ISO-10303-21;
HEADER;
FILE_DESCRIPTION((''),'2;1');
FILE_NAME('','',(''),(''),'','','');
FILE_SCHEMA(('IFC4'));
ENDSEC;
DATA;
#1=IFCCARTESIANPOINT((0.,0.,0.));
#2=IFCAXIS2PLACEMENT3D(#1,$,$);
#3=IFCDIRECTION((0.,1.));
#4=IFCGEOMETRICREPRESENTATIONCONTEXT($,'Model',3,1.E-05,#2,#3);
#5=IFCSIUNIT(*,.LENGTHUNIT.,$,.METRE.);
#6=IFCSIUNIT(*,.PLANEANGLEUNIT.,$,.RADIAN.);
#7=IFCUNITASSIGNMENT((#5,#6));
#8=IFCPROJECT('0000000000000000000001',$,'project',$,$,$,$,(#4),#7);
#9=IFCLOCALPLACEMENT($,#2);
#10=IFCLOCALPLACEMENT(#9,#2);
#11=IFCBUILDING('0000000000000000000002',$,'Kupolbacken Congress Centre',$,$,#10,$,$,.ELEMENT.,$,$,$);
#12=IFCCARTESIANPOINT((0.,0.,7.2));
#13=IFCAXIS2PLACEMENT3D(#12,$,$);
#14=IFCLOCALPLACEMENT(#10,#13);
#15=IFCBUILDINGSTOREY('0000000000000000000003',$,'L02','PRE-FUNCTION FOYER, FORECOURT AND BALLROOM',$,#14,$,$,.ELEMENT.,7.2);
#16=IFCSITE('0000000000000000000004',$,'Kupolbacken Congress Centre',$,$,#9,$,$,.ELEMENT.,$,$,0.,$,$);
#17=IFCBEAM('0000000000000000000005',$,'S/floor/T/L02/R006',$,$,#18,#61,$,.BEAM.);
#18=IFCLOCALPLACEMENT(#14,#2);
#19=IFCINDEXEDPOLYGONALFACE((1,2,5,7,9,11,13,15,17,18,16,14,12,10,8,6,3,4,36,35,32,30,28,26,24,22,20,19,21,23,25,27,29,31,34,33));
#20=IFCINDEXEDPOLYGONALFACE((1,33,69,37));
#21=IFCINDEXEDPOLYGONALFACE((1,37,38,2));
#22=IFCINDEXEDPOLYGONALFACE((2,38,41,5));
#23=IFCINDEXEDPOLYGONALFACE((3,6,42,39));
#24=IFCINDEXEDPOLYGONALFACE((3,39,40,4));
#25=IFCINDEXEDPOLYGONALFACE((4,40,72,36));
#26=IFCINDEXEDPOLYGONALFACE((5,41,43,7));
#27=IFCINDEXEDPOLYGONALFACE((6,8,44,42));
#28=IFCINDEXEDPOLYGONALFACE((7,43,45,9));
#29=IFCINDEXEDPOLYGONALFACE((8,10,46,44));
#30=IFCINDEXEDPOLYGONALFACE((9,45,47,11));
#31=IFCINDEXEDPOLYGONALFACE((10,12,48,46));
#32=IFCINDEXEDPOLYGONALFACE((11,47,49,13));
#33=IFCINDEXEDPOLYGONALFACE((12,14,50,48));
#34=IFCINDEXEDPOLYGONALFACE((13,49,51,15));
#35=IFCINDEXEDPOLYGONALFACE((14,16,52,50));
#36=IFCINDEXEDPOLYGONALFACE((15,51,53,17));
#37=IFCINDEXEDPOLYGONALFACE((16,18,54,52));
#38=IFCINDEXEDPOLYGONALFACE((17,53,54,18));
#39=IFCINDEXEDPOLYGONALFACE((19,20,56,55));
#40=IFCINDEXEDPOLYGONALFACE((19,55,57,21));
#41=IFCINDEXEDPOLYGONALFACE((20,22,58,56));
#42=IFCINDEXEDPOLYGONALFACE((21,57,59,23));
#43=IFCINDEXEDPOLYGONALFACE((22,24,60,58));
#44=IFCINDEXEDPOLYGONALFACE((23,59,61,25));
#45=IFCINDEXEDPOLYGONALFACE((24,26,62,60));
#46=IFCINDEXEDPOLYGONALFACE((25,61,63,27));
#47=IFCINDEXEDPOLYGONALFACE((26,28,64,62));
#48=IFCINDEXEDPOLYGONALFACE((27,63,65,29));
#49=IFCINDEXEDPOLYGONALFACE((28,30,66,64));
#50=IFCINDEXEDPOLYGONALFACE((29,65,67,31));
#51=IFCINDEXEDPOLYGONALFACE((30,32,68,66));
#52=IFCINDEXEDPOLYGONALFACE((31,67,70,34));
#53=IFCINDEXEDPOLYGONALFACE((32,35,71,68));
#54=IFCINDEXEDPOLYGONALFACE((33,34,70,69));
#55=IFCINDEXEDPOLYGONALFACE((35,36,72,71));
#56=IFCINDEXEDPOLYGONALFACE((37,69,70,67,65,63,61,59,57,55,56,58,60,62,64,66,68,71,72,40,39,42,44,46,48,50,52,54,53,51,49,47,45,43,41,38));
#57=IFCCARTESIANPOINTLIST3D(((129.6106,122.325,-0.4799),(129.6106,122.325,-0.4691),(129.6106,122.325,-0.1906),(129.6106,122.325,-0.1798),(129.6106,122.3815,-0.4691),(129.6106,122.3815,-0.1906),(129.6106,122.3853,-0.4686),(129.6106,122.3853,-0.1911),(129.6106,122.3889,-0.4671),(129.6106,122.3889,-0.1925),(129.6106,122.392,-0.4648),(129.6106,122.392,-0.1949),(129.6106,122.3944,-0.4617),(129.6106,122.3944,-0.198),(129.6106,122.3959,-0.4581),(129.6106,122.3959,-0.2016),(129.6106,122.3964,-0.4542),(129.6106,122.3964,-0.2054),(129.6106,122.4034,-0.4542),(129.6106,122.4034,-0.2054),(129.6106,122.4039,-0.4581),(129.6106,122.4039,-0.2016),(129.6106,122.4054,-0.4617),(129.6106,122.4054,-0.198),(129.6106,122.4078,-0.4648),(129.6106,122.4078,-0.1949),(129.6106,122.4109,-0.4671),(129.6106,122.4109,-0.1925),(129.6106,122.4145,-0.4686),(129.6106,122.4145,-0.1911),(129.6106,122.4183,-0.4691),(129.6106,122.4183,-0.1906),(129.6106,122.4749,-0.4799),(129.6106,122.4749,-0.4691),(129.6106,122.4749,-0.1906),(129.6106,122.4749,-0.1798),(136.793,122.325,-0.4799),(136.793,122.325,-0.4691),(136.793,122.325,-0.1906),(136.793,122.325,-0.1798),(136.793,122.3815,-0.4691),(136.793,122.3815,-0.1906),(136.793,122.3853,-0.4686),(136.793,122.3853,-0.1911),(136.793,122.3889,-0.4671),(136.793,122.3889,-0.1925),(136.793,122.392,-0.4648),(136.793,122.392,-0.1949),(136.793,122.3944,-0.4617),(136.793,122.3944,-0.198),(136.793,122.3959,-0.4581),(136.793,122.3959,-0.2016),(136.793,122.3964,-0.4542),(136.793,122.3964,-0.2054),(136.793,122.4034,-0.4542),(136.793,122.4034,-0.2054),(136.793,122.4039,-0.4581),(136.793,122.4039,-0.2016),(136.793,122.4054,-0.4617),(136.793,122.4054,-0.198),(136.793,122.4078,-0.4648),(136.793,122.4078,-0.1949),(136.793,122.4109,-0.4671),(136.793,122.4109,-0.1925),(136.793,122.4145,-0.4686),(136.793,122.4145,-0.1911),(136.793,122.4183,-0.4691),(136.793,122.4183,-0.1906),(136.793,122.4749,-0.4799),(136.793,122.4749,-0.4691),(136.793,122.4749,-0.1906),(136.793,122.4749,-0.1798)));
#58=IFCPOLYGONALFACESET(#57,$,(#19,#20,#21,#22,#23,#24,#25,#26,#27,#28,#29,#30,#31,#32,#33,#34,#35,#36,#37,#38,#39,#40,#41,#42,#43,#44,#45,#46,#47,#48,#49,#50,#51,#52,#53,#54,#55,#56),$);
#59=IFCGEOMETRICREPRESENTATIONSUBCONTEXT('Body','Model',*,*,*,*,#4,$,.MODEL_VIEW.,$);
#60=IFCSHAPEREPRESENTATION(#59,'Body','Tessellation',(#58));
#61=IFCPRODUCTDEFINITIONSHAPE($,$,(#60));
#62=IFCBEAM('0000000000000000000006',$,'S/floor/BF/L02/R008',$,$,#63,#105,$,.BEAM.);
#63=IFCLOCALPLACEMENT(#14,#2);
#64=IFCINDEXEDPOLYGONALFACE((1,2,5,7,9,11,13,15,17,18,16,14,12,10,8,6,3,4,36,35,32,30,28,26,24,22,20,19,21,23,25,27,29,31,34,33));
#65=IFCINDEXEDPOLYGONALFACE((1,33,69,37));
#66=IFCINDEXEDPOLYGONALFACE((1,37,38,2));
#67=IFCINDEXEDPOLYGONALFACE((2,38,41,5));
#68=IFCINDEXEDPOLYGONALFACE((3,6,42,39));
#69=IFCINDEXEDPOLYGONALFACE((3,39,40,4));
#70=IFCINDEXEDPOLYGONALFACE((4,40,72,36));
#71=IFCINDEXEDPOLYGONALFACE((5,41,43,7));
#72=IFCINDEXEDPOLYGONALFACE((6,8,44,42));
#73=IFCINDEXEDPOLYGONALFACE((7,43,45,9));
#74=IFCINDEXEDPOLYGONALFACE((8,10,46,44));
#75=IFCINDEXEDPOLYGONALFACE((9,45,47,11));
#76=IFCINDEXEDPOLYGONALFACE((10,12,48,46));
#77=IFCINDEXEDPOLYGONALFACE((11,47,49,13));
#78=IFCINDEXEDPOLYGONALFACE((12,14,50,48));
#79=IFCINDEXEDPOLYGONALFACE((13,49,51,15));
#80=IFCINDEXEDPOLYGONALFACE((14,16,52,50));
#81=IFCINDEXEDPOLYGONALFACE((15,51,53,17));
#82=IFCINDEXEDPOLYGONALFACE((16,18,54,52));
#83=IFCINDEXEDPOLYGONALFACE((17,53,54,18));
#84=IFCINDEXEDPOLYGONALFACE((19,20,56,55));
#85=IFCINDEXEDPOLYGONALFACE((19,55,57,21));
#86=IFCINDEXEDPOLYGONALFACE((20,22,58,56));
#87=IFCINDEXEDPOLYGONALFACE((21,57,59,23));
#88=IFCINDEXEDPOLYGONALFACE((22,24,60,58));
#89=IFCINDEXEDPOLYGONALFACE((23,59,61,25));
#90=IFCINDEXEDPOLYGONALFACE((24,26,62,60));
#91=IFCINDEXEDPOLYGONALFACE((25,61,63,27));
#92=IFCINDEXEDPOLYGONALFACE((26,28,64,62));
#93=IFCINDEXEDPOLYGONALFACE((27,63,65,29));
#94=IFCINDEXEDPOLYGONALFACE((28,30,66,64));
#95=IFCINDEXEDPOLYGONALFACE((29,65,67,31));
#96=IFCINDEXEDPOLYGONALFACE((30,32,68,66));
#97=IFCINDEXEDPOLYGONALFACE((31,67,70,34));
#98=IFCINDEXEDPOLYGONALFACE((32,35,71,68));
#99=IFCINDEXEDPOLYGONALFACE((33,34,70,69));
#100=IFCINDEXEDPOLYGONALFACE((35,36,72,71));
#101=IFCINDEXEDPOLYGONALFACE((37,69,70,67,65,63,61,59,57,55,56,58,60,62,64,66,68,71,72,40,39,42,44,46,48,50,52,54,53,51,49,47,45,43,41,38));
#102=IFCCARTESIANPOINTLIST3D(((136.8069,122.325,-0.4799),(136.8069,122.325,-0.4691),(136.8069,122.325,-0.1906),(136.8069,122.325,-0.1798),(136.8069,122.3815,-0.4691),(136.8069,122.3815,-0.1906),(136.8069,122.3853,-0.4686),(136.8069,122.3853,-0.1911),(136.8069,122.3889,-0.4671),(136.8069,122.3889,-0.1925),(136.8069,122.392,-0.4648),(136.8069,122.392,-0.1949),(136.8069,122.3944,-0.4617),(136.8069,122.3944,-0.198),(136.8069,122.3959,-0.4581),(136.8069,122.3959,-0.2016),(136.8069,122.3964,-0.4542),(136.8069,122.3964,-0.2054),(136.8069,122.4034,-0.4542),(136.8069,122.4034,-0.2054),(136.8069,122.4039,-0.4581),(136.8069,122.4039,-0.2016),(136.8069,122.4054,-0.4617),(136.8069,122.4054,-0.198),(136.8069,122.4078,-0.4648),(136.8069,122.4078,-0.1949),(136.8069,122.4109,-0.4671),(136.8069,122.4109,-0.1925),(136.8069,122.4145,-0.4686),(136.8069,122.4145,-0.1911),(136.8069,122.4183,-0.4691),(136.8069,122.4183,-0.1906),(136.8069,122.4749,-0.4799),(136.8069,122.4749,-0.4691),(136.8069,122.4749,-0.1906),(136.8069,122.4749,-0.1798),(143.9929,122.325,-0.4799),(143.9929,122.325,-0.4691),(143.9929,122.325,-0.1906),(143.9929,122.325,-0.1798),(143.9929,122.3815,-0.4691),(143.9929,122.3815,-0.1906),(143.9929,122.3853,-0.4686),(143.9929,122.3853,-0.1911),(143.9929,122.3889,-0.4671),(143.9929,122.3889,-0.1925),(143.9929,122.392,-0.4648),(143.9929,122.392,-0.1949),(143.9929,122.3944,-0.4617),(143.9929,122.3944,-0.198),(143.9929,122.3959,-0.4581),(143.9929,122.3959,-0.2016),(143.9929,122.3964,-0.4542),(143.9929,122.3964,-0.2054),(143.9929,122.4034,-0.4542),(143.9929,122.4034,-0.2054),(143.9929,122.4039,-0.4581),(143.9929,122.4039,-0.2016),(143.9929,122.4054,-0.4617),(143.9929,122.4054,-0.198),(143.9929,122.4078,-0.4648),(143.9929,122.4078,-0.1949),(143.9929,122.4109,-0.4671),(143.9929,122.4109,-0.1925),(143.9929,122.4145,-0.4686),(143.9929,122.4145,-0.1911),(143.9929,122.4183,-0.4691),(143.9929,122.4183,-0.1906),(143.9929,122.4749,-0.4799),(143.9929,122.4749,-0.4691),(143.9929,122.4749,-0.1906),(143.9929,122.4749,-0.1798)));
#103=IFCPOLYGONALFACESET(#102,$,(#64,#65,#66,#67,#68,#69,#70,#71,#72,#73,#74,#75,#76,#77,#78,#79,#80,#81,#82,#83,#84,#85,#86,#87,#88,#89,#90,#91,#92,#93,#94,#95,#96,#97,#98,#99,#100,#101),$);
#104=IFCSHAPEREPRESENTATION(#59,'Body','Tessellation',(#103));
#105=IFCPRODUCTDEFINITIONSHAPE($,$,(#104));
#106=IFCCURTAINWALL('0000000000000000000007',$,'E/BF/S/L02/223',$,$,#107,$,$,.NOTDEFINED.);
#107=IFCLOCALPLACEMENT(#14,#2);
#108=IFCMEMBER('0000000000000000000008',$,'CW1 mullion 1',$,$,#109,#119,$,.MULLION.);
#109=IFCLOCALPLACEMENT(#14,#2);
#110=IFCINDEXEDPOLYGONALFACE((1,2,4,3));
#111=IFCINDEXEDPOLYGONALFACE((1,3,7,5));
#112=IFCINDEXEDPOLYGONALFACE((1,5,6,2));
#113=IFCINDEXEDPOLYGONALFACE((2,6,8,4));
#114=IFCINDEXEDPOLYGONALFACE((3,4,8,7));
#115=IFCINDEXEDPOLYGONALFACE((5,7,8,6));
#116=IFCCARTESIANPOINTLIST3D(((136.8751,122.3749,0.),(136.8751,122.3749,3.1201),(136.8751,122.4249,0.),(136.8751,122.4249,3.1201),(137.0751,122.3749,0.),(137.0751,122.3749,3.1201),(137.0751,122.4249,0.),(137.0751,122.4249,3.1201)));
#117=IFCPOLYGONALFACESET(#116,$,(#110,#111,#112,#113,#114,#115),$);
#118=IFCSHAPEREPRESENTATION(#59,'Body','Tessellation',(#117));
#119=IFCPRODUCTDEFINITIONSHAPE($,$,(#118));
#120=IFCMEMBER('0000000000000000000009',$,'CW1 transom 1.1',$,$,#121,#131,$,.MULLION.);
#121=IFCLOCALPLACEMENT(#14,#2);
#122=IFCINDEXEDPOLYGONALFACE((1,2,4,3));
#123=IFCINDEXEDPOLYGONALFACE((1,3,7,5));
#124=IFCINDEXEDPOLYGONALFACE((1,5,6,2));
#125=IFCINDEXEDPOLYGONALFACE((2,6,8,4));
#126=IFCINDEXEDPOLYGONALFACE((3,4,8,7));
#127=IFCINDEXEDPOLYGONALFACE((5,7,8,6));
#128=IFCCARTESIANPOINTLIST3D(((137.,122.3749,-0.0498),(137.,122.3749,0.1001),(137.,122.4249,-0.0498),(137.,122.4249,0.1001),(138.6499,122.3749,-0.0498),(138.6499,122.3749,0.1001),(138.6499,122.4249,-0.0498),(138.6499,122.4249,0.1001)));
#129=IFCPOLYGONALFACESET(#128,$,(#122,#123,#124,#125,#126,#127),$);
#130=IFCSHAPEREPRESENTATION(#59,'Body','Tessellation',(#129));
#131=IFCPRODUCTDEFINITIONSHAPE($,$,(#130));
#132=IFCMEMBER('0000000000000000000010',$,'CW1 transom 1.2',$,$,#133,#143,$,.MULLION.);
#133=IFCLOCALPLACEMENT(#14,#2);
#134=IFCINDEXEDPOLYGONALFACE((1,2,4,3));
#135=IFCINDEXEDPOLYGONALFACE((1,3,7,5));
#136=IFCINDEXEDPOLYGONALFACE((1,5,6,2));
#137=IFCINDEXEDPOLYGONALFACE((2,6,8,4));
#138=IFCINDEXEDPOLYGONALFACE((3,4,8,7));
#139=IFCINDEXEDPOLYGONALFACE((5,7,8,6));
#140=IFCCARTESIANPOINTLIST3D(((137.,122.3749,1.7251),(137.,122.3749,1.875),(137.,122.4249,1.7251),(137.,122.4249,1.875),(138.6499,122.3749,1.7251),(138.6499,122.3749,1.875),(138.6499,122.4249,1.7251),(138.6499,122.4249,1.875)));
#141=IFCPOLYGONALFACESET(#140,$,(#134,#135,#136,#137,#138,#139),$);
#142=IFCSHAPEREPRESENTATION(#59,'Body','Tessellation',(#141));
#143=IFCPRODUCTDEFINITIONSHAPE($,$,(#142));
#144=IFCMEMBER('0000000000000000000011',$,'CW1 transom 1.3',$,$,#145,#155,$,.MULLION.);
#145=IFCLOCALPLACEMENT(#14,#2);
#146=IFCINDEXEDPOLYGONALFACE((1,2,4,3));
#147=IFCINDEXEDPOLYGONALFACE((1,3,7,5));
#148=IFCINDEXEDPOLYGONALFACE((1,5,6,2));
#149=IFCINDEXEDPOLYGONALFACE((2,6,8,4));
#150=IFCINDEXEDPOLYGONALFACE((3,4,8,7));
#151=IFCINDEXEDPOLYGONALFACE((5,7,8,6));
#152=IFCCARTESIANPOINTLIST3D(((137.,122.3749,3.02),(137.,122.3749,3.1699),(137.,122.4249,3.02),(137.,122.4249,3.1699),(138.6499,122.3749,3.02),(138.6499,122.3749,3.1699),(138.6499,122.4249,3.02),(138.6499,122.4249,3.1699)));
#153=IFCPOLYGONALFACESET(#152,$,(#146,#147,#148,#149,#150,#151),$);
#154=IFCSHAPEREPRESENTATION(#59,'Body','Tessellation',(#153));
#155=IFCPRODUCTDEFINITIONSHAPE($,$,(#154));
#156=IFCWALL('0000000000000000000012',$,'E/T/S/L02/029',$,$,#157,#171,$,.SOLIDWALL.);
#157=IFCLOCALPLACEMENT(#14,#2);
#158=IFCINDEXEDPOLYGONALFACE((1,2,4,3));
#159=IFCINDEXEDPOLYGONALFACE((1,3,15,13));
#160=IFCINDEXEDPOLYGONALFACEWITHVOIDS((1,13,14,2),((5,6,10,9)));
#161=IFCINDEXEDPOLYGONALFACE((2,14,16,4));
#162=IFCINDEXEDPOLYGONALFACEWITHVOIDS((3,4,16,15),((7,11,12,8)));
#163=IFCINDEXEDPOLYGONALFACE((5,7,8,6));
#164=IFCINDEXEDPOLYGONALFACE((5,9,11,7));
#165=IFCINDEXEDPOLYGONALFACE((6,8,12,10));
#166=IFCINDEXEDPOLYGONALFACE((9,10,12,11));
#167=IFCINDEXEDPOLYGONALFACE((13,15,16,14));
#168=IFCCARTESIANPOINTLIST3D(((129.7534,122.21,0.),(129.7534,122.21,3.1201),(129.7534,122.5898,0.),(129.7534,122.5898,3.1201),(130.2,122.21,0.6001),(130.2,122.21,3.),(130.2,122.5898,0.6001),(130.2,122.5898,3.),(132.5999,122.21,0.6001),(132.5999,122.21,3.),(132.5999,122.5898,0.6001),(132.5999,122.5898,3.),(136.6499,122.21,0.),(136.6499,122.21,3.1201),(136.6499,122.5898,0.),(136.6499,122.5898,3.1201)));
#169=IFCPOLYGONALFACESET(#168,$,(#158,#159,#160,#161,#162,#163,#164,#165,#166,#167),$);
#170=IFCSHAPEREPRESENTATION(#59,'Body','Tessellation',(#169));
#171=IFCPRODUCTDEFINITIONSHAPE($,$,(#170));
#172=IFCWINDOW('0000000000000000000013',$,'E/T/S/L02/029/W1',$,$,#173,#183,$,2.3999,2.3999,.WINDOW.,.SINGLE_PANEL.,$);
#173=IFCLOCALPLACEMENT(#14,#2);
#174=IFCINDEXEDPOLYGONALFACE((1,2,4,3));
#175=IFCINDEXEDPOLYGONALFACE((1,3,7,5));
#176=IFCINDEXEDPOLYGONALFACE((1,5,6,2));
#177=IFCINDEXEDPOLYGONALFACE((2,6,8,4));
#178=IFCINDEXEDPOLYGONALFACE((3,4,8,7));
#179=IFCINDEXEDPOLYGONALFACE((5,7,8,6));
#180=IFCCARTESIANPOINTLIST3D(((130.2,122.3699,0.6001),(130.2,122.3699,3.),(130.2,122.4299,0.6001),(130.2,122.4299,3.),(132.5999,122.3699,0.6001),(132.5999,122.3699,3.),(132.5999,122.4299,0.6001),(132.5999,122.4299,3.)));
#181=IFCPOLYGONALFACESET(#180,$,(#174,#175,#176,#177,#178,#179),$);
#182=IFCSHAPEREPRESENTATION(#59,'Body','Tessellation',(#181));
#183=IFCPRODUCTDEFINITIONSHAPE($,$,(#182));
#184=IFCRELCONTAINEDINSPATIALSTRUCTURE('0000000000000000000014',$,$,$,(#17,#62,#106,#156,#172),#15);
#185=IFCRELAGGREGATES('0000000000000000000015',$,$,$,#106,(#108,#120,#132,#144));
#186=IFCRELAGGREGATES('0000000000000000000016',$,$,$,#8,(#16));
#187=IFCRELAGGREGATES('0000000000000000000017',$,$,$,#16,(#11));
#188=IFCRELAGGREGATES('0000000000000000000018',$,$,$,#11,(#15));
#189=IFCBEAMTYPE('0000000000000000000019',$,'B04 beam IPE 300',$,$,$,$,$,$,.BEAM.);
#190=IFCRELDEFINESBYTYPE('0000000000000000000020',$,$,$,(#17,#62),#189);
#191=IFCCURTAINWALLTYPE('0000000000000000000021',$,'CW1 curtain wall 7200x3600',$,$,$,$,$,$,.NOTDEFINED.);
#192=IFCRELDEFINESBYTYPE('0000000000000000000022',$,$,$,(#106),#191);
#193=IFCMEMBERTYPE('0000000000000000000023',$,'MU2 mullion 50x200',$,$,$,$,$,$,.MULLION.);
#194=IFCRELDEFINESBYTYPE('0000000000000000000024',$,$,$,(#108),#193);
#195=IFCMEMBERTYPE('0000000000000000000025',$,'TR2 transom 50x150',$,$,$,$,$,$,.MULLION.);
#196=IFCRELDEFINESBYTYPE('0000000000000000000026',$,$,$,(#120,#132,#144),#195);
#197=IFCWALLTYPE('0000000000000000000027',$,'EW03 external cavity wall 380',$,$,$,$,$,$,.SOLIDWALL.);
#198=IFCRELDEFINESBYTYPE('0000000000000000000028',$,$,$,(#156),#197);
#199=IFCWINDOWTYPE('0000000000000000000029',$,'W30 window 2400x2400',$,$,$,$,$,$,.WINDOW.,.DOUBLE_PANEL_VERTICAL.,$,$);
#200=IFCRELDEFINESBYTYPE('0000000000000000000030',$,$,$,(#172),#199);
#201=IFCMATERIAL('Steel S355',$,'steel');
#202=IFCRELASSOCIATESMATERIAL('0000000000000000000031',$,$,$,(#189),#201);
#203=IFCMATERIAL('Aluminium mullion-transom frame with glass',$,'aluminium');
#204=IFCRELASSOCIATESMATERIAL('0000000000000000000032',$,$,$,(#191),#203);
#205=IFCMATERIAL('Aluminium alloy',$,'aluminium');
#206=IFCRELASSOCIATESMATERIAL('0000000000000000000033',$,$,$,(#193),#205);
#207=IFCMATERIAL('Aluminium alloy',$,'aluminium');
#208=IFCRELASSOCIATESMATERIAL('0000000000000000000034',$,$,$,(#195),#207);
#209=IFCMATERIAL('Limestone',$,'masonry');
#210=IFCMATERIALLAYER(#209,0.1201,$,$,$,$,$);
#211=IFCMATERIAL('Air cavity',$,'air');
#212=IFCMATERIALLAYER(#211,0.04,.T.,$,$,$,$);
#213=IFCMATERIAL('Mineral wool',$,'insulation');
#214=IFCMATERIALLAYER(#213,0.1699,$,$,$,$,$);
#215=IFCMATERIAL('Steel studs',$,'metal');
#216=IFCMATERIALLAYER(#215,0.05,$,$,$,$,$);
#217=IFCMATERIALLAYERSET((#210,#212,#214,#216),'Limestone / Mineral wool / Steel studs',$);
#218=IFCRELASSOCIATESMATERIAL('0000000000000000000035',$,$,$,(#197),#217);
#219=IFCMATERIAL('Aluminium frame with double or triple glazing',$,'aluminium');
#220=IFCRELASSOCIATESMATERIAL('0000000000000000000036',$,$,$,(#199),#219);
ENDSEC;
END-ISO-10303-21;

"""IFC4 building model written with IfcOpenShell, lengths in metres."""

from ifc_helpers import new_model, si_unit, direction, frame, frame_2d, origin, origin_2d, place, context, subcontext, project, spatial, rectangle, i_section, extrude, material, layer, layer_set, material_profile, profile_set, type_object, element, fill, aggregate, save


model = new_model("IFC4")

# Units and contexts
model_context = context("Model", 3, precision=1e-05, world=origin(), true_north=direction((0.0, 1.0)))
body_context = subcontext(model_context, "Body", "Model", "MODEL_VIEW")
ifc_project = project(units=[si_unit("LENGTHUNIT", "METRE"), si_unit("PLANEANGLEUNIT", "RADIAN")], contexts=[model_context])

# Site, building, storey
site_placement = place(None, origin())
site = spatial("IfcSite", under=ifc_project, at=site_placement, Name="Kupolbacken Congress Centre", CompositionType="ELEMENT", RefElevation=0.0)
building_placement = place(site_placement, origin())
building = spatial("IfcBuilding", under=site, at=building_placement, Name="Kupolbacken Congress Centre", CompositionType="ELEMENT")
storey_placement = place(building_placement, frame((0.0, 0.0, 7.2)))
storey = spatial("IfcBuildingStorey", under=building, at=storey_placement, Name="L02", Description="PRE-FUNCTION FOYER, FORECOURT AND BALLROOM", CompositionType="ELEMENT", Elevation=7.2)

# Beams
ifc_material_1 = material(Name="Steel S355", Category="steel")
ifc_material_profile_1 = material_profile(ifc_material_1, i_section(OverallWidth=0.1499, OverallDepth=0.3, WebThickness=0.0071, FlangeThickness=0.0107, FilletRadius=0.0149, at=origin_2d()), Name="IPE 300")
ifc_profile_set_1 = profile_set([ifc_material_profile_1], Name="Steel S355")
beam_type = type_object("IfcBeamType", Name="B04 beam IPE 300", PredefinedType="BEAM", material=ifc_profile_set_1)
beam_1_placement = place(storey_placement, frame((129.6106, 122.3999, -0.3298), z_axis=(1.0, 0.0, 0.0), x_axis=(0.0, 1.0, 0.0)))
element("IfcBeam", 1, at=beam_1_placement, inside=storey, type_object=beam_type, Name="S/floor/T/L02/R006", PredefinedType="BEAM", context=body_context, shape_type="SweptSolid", body=[
    extrude(i_section(OverallWidth=0.1499, OverallDepth=0.3, WebThickness=0.0071, FlangeThickness=0.0107, FilletRadius=0.0149, at=origin_2d()), origin(), (0.0, 0.0, 1.0), 7.1824),
])
beam_2_placement = place(storey_placement, frame((136.8069, 122.3999, -0.3298), z_axis=(1.0, 0.0, 0.0), x_axis=(0.0, 1.0, 0.0)))
element("IfcBeam", 2, at=beam_2_placement, inside=storey, type_object=beam_type, Name="S/floor/BF/L02/R008", PredefinedType="BEAM", context=body_context, shape_type="SweptSolid", body=[
    extrude(i_section(OverallWidth=0.1499, OverallDepth=0.3, WebThickness=0.0071, FlangeThickness=0.0107, FilletRadius=0.0149, at=origin_2d()), origin(), (0.0, 0.0, 1.0), 7.186),
])

# Curtain wall, members
ifc_material_2 = material(Name="Aluminium mullion-transom frame with glass", Category="aluminium")
curtain_wall_type = type_object("IfcCurtainWallType", Name="CW1 curtain wall 7200x3600", PredefinedType="NOTDEFINED", material=ifc_material_2)
curtain_wall_placement = place(storey_placement, origin())
curtain_wall = element("IfcCurtainWall", 3, at=curtain_wall_placement, inside=storey, type_object=curtain_wall_type, Name="E/BF/S/L02/223", PredefinedType="NOTDEFINED")
ifc_material_3 = material(Name="Aluminium alloy", Category="aluminium")
ifc_material_profile_2 = material_profile(ifc_material_3, rectangle(XDim=0.05, YDim=0.2, at=origin_2d()), Name="50 x 200")
ifc_profile_set_2 = profile_set([ifc_material_profile_2], Name="Aluminium alloy")
member_type_1 = type_object("IfcMemberType", Name="MU2 mullion 50x200", PredefinedType="MULLION", material=ifc_profile_set_2)
member_1_placement = place(storey_placement, frame((136.9751, 122.3999, 0.0), z_axis=(0.0, 0.0, 1.0), x_axis=(0.0, 1.0, 0.0)))
member_1 = element("IfcMember", 4, at=member_1_placement, type_object=member_type_1, Name="CW1 mullion 1", PredefinedType="MULLION", context=body_context, shape_type="SweptSolid", body=[
    extrude(rectangle(XDim=0.05, YDim=0.2, at=origin_2d()), origin(), (0.0, 0.0, 1.0), 3.1201),
])
ifc_material_4 = material(Name="Aluminium alloy", Category="aluminium")
ifc_material_profile_3 = material_profile(ifc_material_4, rectangle(XDim=0.05, YDim=0.1499, at=origin_2d()), Name="50 x 150")
ifc_profile_set_3 = profile_set([ifc_material_profile_3], Name="Aluminium alloy")
member_type_2 = type_object("IfcMemberType", Name="TR2 transom 50x150", PredefinedType="MULLION", material=ifc_profile_set_3)
member_2_placement = place(storey_placement, frame((137.0, 122.3999, 0.0251), z_axis=(1.0, 0.0, 0.0), x_axis=(0.0, 1.0, 0.0)))
member_2 = element("IfcMember", 5, at=member_2_placement, type_object=member_type_2, Name="CW1 transom 1.1", PredefinedType="MULLION", context=body_context, shape_type="SweptSolid", body=[
    extrude(rectangle(XDim=0.05, YDim=0.1499, at=origin_2d()), origin(), (0.0, 0.0, 1.0), 1.6499),
])
member_3_placement = place(storey_placement, frame((137.0, 122.3999, 1.8), z_axis=(1.0, 0.0, 0.0), x_axis=(0.0, 1.0, 0.0)))
member_3 = element("IfcMember", 6, at=member_3_placement, type_object=member_type_2, Name="CW1 transom 1.2", PredefinedType="MULLION", context=body_context, shape_type="SweptSolid", body=[
    extrude(rectangle(XDim=0.05, YDim=0.1499, at=origin_2d()), origin(), (0.0, 0.0, 1.0), 1.6499),
])
member_4_placement = place(storey_placement, frame((137.0, 122.3999, 3.095), z_axis=(1.0, 0.0, 0.0), x_axis=(0.0, 1.0, 0.0)))
member_4 = element("IfcMember", 7, at=member_4_placement, type_object=member_type_2, Name="CW1 transom 1.3", PredefinedType="MULLION", context=body_context, shape_type="SweptSolid", body=[
    extrude(rectangle(XDim=0.05, YDim=0.1499, at=origin_2d()), origin(), (0.0, 0.0, 1.0), 1.6499),
])
aggregate(curtain_wall, [member_1, member_2, member_3, member_4])

# Wall, opening, window
ifc_material_5 = material(Name="Limestone", Category="masonry")
ifc_layer_1 = layer(ifc_material_5, 0.1201)
ifc_material_6 = material(Name="Air cavity", Category="air")
ifc_layer_2 = layer(ifc_material_6, 0.04, ventilated=True)
ifc_material_7 = material(Name="Mineral wool", Category="insulation")
ifc_layer_3 = layer(ifc_material_7, 0.1699)
ifc_material_8 = material(Name="Steel studs", Category="metal")
ifc_layer_4 = layer(ifc_material_8, 0.05)
ifc_layer_set_1 = layer_set([ifc_layer_1, ifc_layer_2, ifc_layer_3, ifc_layer_4], Name="Limestone / Mineral wool / Steel studs")
wall_type_1 = type_object("IfcWallType", Name="EW03 external cavity wall 380", PredefinedType="SOLIDWALL", material=ifc_layer_set_1)
wall_1_placement = place(storey_placement, frame((129.7534, 122.3999, 0.0), z_axis=(0.0, 0.0, 1.0), x_axis=(1.0, 0.0, 0.0)))
wall_1 = element("IfcWall", 8, at=wall_1_placement, inside=storey, type_object=wall_type_1, Name="E/T/S/L02/029", PredefinedType="SOLIDWALL", context=body_context, shape_type="SweptSolid", body=[
    extrude(rectangle(XDim=6.8965, YDim=0.3799, at=frame_2d((3.4482, 0.0))), origin(), (0.0, 0.0, 1.0), 3.1201),
])
opening_1_placement = place(wall_1_placement, frame((0.4465, 0.0, 0.6001)))
opening_1 = element("IfcOpeningElement", 9, at=opening_1_placement, cuts=wall_1, PredefinedType="OPENING", context=body_context, shape_type="SweptSolid", body=[
    extrude(rectangle(XDim=2.3999, YDim=2.3999, at=frame_2d((1.2, 1.2))), frame((0.0, 0.2, 0.0), z_axis=(0.0, -1.0, 0.0), x_axis=(1.0, 0.0, 0.0)), (0.0, 0.0, 1.0), 0.3999),
])
ifc_material_9 = material(Name="Aluminium frame with double or triple glazing", Category="aluminium")
window_type_1 = type_object("IfcWindowType", Name="W30 window 2400x2400", PartitioningType="DOUBLE_PANEL_VERTICAL", PredefinedType="WINDOW", material=ifc_material_9)
window_1_placement = place(opening_1_placement, origin())
window_1 = element("IfcWindow", 10, at=window_1_placement, inside=storey, type_object=window_type_1, Name="E/T/S/L02/029/W1", OverallHeight=2.3999, OverallWidth=2.3999, PartitioningType="SINGLE_PANEL", PredefinedType="WINDOW", context=body_context, shape_type="SweptSolid", body=[
    extrude(rectangle(XDim=2.3999, YDim=2.3999, at=frame_2d((1.2, 1.2))), frame((0.0, 0.03, 0.0), z_axis=(0.0, -1.0, 0.0), x_axis=(1.0, 0.0, 0.0)), (0.0, 0.0, 1.0), 0.0601),
])
fill(opening_1, window_1)

save(model, "model.ifc")
